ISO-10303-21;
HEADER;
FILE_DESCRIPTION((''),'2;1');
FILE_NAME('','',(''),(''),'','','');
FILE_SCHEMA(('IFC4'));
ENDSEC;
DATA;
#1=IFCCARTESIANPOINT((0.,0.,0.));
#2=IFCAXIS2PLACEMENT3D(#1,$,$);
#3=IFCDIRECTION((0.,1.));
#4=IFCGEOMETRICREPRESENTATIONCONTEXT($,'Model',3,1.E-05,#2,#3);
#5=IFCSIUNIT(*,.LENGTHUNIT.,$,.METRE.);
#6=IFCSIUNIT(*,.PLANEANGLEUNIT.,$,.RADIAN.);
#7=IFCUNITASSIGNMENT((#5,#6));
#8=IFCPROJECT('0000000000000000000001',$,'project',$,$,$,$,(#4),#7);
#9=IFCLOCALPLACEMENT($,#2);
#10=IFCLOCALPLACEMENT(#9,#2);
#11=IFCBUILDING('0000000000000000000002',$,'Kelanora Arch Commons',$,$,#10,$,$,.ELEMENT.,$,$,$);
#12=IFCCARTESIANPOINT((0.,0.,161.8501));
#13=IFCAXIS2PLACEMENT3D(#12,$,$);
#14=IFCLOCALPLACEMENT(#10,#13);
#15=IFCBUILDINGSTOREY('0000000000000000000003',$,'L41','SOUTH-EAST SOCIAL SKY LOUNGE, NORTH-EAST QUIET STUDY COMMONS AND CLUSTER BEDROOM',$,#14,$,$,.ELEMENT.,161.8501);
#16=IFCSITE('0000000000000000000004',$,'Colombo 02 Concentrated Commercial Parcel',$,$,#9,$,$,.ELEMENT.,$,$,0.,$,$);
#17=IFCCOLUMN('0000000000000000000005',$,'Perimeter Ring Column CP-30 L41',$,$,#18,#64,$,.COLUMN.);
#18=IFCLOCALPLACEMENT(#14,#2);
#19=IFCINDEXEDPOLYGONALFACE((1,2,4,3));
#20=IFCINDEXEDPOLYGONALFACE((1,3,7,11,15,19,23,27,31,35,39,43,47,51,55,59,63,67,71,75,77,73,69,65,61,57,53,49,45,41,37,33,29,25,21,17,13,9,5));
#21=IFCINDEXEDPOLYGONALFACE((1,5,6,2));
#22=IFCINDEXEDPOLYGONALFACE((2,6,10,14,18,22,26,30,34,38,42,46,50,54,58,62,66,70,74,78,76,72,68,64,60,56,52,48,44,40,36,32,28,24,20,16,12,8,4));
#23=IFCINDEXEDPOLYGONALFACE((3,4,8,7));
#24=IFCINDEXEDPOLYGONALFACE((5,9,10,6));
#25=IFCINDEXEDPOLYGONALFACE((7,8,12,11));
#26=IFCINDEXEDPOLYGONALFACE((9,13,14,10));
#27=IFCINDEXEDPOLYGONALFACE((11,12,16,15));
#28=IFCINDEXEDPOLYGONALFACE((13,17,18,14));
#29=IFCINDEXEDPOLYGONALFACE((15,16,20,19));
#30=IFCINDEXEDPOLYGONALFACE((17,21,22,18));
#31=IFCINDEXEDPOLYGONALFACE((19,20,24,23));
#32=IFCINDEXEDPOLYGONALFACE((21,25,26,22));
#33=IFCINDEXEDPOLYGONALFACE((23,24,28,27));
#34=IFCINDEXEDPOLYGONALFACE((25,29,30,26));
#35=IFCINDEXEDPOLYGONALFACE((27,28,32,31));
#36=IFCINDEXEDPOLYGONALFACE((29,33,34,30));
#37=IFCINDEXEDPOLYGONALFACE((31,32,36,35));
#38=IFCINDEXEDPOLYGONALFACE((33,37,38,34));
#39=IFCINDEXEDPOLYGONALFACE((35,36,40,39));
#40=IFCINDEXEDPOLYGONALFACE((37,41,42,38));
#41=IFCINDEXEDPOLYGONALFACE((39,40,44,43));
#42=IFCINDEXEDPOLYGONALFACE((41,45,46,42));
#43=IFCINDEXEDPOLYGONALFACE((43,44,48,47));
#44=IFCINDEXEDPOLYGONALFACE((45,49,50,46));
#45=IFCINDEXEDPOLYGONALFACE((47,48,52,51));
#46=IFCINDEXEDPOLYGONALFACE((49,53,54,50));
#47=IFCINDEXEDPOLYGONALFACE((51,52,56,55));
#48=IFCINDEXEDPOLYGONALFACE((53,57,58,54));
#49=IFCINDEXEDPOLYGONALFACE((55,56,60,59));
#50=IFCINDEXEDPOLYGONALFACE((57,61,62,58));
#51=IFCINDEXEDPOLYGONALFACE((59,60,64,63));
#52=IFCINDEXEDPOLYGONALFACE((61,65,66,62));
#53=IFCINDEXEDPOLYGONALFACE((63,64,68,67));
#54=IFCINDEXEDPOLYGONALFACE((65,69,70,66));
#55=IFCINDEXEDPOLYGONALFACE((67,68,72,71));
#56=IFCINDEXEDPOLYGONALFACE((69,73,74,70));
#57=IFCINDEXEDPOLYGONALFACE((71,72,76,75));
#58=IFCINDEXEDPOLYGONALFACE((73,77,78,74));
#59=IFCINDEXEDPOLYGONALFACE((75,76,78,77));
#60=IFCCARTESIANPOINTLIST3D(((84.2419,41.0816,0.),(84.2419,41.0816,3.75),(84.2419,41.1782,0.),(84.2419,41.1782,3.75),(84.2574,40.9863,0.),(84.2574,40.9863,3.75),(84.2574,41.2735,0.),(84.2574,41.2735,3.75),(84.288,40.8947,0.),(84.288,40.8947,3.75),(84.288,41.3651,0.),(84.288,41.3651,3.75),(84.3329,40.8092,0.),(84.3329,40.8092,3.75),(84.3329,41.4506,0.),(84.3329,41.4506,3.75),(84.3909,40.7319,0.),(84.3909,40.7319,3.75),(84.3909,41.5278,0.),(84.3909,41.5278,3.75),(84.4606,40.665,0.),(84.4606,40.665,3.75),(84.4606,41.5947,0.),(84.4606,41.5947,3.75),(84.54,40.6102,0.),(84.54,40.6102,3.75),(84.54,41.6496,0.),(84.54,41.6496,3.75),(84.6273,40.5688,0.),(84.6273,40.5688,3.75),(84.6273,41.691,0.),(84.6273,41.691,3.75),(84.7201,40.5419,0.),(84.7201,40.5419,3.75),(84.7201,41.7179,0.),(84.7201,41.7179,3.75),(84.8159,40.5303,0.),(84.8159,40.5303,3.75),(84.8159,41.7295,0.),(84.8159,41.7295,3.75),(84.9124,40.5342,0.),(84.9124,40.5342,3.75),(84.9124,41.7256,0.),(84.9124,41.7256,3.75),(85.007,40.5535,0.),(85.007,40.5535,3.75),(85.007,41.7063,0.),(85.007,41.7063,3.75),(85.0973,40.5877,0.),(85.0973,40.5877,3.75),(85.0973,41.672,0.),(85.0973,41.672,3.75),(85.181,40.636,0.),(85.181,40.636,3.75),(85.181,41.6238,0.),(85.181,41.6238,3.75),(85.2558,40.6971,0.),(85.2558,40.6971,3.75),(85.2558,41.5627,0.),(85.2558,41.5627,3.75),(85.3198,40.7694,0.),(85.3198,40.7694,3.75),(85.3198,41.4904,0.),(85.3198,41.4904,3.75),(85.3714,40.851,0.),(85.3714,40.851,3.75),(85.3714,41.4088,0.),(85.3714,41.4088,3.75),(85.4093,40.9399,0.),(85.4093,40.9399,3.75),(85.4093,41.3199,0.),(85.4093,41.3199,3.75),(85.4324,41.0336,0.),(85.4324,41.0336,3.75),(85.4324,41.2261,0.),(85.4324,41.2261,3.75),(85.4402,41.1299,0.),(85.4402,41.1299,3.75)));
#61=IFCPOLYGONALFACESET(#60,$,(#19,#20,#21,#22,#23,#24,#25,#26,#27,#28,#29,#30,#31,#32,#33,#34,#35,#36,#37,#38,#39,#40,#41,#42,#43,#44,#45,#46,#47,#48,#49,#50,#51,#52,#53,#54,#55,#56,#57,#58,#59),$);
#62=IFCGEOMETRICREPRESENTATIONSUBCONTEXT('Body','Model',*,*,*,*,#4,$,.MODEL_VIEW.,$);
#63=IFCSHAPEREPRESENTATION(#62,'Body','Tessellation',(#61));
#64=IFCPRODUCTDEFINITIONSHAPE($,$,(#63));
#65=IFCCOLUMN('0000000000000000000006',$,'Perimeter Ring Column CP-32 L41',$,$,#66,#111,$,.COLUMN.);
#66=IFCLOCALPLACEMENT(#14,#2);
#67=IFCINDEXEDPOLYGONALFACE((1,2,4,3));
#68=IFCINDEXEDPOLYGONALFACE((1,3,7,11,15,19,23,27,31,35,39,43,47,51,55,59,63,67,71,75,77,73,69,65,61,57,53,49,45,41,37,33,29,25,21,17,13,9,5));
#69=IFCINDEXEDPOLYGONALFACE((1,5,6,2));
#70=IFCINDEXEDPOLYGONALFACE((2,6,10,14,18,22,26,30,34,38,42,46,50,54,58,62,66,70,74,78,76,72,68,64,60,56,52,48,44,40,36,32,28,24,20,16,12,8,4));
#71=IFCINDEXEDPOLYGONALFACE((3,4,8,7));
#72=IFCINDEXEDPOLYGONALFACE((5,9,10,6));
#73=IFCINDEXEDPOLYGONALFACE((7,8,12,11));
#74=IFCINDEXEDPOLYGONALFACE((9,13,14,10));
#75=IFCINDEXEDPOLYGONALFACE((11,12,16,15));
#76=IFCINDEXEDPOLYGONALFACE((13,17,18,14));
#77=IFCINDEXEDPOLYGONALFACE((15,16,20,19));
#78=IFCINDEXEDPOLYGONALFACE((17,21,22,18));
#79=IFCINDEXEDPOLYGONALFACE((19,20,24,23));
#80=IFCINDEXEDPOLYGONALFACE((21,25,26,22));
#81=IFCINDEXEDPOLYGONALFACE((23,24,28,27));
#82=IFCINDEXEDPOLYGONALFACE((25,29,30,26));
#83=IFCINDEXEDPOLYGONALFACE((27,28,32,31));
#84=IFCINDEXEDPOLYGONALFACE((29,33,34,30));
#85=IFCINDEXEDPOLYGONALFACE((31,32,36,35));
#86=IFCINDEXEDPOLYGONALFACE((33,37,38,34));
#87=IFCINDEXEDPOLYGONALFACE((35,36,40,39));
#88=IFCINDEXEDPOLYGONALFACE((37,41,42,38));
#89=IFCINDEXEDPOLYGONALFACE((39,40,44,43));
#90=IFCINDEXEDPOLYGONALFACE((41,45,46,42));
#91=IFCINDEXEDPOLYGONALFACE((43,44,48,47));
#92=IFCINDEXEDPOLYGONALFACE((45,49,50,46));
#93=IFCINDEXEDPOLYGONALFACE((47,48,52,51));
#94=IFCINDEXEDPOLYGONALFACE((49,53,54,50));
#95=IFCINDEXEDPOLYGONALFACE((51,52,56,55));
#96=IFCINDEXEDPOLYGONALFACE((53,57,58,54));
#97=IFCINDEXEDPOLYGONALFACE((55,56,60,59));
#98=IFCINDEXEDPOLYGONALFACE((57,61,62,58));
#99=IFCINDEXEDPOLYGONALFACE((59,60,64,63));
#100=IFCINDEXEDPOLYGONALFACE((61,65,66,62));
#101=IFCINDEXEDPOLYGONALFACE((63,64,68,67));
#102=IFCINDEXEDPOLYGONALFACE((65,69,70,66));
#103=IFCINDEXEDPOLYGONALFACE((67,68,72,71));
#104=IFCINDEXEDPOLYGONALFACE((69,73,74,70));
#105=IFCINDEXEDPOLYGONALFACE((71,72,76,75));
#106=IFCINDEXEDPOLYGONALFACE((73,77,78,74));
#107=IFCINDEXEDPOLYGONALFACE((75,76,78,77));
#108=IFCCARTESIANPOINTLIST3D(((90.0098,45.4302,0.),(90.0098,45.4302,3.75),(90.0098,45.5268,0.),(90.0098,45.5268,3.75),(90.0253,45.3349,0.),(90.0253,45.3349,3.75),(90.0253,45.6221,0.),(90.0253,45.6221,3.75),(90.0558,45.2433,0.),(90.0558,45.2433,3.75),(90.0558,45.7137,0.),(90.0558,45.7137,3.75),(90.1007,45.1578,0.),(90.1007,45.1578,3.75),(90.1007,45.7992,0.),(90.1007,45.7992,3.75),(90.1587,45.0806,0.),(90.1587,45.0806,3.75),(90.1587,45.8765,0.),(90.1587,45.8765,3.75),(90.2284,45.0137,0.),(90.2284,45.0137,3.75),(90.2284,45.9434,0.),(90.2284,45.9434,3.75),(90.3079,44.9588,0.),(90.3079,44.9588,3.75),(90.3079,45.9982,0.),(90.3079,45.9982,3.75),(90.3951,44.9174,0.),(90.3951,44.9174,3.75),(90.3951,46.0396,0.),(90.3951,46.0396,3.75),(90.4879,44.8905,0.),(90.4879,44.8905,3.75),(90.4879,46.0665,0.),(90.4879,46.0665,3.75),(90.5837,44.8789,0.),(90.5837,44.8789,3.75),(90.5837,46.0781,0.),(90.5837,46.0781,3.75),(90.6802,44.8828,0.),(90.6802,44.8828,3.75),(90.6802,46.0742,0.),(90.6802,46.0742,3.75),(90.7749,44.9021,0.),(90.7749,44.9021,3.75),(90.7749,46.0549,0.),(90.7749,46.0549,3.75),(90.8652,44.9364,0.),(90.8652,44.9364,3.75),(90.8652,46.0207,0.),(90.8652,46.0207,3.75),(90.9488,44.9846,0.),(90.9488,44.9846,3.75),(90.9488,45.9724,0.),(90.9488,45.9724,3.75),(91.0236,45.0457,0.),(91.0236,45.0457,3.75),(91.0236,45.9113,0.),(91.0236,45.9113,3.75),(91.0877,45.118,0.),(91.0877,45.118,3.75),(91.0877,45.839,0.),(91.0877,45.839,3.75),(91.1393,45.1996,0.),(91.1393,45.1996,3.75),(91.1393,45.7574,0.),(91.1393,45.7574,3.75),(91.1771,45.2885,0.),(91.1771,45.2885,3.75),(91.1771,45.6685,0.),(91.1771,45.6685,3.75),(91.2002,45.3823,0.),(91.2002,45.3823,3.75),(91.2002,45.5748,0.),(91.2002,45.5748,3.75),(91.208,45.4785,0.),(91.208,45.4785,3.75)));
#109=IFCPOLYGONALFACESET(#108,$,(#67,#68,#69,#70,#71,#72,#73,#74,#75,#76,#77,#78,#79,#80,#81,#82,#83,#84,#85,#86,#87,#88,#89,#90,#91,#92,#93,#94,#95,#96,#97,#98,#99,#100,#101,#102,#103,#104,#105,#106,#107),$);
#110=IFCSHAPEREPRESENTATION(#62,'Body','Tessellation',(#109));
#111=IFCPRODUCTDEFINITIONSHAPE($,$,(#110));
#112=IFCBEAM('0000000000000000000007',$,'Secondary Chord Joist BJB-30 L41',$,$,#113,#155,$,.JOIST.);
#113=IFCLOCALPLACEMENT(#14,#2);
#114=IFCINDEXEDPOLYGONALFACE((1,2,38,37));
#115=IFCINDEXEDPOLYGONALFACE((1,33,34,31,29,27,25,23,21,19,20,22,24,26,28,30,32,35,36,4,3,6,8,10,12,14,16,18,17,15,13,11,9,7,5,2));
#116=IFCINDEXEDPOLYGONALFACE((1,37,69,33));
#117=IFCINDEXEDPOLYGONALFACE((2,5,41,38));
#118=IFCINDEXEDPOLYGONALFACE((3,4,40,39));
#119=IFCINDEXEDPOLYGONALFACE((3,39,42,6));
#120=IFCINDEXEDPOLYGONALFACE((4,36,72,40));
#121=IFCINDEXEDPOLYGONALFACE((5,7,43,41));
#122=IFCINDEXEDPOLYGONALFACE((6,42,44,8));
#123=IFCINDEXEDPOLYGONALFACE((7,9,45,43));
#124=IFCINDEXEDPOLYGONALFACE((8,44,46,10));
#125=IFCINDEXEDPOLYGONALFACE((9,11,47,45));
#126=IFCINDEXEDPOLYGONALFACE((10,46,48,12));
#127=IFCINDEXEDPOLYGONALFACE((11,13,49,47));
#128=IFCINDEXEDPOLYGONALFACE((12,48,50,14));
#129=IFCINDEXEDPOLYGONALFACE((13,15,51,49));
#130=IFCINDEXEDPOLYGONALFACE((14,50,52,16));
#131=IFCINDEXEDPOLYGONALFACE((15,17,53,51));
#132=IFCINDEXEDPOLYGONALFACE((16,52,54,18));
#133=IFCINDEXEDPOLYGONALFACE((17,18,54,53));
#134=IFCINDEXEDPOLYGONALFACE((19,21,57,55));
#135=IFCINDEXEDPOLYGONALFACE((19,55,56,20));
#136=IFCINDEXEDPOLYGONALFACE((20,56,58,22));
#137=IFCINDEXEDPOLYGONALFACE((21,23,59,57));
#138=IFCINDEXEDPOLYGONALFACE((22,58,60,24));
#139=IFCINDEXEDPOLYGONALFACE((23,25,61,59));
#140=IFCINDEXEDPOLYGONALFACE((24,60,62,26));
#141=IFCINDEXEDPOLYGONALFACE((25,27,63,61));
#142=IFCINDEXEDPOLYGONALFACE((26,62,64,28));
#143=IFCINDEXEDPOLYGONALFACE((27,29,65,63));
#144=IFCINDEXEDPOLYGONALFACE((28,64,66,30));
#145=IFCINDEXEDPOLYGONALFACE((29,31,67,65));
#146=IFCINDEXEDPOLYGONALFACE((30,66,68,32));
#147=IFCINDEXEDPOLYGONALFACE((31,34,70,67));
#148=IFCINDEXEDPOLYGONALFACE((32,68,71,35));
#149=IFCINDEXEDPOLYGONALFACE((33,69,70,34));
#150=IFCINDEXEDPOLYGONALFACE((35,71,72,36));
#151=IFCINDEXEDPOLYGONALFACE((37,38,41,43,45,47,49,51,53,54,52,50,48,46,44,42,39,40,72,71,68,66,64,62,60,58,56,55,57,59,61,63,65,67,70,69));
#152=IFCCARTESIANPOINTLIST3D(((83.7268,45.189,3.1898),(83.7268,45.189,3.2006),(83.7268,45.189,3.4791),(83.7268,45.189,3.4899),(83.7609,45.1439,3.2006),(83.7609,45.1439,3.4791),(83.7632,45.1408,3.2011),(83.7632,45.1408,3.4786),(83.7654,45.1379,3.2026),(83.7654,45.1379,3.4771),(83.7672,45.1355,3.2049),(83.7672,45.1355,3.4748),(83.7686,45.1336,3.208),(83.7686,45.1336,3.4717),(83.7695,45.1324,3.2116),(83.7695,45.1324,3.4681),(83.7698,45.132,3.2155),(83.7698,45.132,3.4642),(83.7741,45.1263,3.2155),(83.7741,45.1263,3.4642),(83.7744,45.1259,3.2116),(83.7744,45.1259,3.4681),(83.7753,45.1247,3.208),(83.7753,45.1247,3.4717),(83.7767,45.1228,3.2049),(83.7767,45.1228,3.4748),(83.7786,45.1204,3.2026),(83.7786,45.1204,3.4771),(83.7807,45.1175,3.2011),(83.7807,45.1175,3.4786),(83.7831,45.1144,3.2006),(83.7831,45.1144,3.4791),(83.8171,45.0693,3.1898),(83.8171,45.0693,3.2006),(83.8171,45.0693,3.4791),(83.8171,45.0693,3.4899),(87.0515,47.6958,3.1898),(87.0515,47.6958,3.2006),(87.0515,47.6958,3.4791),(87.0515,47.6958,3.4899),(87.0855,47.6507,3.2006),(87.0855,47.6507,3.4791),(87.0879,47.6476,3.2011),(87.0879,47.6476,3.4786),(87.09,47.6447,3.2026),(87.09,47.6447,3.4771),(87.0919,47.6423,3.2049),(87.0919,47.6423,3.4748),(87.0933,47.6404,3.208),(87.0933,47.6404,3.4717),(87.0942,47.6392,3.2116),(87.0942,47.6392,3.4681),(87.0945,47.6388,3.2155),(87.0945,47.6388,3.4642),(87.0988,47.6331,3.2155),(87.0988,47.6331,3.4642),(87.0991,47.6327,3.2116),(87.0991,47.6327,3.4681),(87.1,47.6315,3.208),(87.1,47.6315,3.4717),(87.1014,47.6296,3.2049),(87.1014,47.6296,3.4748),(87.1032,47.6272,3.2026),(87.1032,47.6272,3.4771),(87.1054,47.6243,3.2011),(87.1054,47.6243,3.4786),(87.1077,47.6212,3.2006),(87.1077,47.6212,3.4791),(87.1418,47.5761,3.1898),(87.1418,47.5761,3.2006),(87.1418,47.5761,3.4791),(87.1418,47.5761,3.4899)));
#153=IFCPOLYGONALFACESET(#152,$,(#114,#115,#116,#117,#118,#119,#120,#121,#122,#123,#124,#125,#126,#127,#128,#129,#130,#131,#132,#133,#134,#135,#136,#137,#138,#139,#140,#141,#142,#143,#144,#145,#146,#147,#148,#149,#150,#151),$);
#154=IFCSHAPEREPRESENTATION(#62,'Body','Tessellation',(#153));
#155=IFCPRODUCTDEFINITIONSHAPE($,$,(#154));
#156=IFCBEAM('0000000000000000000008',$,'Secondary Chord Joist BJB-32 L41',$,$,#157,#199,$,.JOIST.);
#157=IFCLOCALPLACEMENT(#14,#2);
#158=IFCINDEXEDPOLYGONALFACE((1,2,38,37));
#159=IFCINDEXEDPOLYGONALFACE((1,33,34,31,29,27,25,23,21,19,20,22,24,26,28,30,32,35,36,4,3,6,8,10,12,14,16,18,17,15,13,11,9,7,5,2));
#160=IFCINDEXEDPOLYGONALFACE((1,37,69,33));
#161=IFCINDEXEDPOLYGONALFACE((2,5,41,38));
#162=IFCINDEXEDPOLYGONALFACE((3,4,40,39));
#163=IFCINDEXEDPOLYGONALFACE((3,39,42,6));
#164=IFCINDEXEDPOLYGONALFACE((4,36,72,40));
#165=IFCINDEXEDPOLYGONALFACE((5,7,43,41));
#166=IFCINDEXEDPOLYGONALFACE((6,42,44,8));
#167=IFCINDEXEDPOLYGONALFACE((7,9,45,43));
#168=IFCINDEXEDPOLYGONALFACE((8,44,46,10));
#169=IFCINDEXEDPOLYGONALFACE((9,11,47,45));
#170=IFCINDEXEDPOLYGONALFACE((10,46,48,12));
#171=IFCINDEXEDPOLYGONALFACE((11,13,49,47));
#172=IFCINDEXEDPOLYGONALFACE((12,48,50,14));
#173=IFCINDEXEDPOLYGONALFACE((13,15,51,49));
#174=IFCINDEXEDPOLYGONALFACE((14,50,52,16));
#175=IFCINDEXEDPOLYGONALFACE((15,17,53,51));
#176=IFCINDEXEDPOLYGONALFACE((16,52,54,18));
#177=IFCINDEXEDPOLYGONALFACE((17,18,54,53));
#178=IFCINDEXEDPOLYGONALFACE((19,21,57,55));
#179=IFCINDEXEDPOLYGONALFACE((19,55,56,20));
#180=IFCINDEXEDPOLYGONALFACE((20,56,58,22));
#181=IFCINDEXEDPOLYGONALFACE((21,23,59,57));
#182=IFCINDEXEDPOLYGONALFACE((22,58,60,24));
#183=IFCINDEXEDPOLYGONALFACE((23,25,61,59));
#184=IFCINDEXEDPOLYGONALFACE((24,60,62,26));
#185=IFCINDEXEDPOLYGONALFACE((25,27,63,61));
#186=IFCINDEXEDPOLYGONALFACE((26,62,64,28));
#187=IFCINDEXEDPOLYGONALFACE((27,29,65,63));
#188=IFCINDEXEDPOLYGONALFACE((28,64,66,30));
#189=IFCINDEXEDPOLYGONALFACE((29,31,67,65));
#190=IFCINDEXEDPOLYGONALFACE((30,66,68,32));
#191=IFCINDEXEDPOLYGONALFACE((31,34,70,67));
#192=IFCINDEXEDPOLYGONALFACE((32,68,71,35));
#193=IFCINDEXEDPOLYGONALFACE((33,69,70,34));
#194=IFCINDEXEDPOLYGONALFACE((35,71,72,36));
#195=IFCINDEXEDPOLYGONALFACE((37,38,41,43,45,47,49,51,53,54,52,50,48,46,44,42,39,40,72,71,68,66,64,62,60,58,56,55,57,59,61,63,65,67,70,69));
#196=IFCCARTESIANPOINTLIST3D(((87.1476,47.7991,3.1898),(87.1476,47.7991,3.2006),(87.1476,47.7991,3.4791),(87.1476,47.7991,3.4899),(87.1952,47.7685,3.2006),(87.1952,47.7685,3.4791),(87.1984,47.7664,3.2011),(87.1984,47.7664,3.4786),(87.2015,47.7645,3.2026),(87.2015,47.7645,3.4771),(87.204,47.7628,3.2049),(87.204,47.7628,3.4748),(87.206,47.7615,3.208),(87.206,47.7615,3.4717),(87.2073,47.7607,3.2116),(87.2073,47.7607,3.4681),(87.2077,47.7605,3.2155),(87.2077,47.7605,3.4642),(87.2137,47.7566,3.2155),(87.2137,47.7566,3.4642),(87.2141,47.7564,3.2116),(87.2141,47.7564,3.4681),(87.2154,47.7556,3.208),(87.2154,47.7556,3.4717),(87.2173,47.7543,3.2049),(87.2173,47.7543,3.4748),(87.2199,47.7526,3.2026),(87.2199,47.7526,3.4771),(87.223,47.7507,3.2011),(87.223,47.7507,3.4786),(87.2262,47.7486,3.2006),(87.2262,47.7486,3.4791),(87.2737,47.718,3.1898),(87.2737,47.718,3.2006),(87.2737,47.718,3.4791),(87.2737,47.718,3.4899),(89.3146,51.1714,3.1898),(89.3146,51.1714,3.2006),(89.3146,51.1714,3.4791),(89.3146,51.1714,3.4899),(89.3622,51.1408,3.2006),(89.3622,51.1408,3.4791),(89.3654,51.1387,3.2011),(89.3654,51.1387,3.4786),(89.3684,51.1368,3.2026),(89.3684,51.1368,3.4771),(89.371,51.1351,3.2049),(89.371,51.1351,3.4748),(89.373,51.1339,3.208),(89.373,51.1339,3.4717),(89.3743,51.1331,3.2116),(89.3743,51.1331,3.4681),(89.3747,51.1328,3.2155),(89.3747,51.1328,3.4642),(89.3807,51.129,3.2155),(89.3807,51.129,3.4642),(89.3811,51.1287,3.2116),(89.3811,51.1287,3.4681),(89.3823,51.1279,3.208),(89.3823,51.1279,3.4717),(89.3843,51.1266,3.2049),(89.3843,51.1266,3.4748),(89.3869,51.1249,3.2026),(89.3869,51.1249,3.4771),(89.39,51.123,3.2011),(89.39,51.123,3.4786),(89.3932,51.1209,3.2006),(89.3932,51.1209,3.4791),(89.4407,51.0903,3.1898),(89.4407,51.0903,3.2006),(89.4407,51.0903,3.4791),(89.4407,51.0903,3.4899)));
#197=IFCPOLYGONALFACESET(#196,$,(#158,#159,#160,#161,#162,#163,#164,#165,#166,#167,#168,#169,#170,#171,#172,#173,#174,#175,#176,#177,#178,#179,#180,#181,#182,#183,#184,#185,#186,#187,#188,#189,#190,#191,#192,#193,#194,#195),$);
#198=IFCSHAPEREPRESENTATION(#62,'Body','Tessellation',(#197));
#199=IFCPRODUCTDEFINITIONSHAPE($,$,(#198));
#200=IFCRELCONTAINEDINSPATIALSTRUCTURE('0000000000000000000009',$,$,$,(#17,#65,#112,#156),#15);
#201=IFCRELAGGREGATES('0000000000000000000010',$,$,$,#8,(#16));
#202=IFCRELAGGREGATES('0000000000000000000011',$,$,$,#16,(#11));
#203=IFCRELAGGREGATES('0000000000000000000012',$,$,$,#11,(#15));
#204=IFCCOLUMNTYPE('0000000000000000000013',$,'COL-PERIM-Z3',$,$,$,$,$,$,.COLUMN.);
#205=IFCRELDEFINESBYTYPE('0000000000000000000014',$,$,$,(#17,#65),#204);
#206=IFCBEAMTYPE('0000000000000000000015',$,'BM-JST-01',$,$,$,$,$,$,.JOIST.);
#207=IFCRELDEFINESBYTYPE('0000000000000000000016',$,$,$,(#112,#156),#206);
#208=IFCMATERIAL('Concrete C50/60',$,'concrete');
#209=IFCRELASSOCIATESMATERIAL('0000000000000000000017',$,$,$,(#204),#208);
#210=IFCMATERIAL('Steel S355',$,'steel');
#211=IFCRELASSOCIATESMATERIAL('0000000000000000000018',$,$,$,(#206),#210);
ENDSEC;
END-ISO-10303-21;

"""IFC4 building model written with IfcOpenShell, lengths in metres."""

from ifc_helpers import new_model, si_unit, direction, frame, origin, origin_2d, place, context, subcontext, project, spatial, circle, i_section, extrude, material, material_profile, profile_set, type_object, element, save


model = new_model("IFC4")

# Units and contexts
model_context = context("Model", 3, precision=1e-05, world=origin(), true_north=direction((0.0, 1.0)))
body_context = subcontext(model_context, "Body", "Model", "MODEL_VIEW")
ifc_project = project(units=[si_unit("LENGTHUNIT", "METRE"), si_unit("PLANEANGLEUNIT", "RADIAN")], contexts=[model_context])

# Site, building, storey
site_placement = place(None, origin())
site = spatial("IfcSite", under=ifc_project, at=site_placement, Name="Colombo 02 Concentrated Commercial Parcel", CompositionType="ELEMENT", RefElevation=0.0)
building_placement = place(site_placement, origin())
building = spatial("IfcBuilding", under=site, at=building_placement, Name="Kelanora Arch Commons", CompositionType="ELEMENT")
storey_placement = place(building_placement, frame((0.0, 0.0, 161.8501)))
storey = spatial("IfcBuildingStorey", under=building, at=storey_placement, Name="L41", Description="SOUTH-EAST SOCIAL SKY LOUNGE, NORTH-EAST QUIET STUDY COMMONS AND CLUSTER BEDROOM", CompositionType="ELEMENT", Elevation=161.8501)

# Columns
ifc_material_1 = material(Name="Concrete C50/60", Category="concrete")
ifc_material_profile_1 = material_profile(ifc_material_1, circle(Radius=0.6001, at=origin_2d()), Name="RCC1200")
ifc_profile_set_1 = profile_set([ifc_material_profile_1], Name="Concrete C50/60")
column_type = type_object("IfcColumnType", Name="COL-PERIM-Z3", PredefinedType="COLUMN", material=ifc_profile_set_1)
for number, where, z_axis, x_axis, name in (
    (1, (84.8401, 41.1299, 0.0), (0.0, 0.0, 1.0), (1.0, 0.0, 0.0), "Perimeter Ring Column CP-30 L41"),
    (2, (90.6079, 45.4785, 0.0), (0.0, 0.0, 1.0), (1.0, 0.0, 0.0), "Perimeter Ring Column CP-32 L41"),
):
    element("IfcColumn", number, at=place(storey_placement, frame(where, z_axis=z_axis, x_axis=x_axis)), inside=storey, type_object=column_type, Name=name, PredefinedType="COLUMN", context=body_context, shape_type="SweptSolid", body=[
        extrude(circle(Radius=0.6001, at=origin_2d()), origin(), (0.0, 0.0, 1.0), 3.75),
    ])

# Beams
ifc_material_2 = material(Name="Steel S355", Category="steel")
ifc_material_profile_2 = material_profile(ifc_material_2, i_section(OverallWidth=0.1499, OverallDepth=0.3, WebThickness=0.0071, FlangeThickness=0.0107, FilletRadius=0.0149, at=origin_2d()), Name="IPE300")
ifc_profile_set_2 = profile_set([ifc_material_profile_2], Name="Steel S355")
beam_type_1 = type_object("IfcBeamType", Name="BM-JST-01", PredefinedType="JOIST", material=ifc_profile_set_2)
beam_1_placement = place(storey_placement, frame((83.772, 45.1292, 3.3398), z_axis=(0.798464, 0.602043, 0.0), x_axis=(-0.602043, 0.798464, 0.0)))
element("IfcBeam", 3, at=beam_1_placement, inside=storey, type_object=beam_type_1, Name="Secondary Chord Joist BJB-30 L41", PredefinedType="JOIST", context=body_context, shape_type="SweptSolid", body=[
    extrude(i_section(OverallWidth=0.1499, OverallDepth=0.3, WebThickness=0.0071, FlangeThickness=0.0107, FilletRadius=0.0149, at=origin_2d()), origin(), (0.0, 0.0, 1.0), 4.1638),
])
beam_2_placement = place(storey_placement, frame((87.2107, 47.7585, 3.3398), z_axis=(0.540594, 0.841283, 0.0), x_axis=(-0.841283, 0.540594, 0.0)))
element("IfcBeam", 4, at=beam_2_placement, inside=storey, type_object=beam_type_1, Name="Secondary Chord Joist BJB-32 L41", PredefinedType="JOIST", context=body_context, shape_type="SweptSolid", body=[
    extrude(i_section(OverallWidth=0.1499, OverallDepth=0.3, WebThickness=0.0071, FlangeThickness=0.0107, FilletRadius=0.0149, at=origin_2d()), origin(), (0.0, 0.0, 1.0), 4.0085),
])

save(model, "model.ifc")
